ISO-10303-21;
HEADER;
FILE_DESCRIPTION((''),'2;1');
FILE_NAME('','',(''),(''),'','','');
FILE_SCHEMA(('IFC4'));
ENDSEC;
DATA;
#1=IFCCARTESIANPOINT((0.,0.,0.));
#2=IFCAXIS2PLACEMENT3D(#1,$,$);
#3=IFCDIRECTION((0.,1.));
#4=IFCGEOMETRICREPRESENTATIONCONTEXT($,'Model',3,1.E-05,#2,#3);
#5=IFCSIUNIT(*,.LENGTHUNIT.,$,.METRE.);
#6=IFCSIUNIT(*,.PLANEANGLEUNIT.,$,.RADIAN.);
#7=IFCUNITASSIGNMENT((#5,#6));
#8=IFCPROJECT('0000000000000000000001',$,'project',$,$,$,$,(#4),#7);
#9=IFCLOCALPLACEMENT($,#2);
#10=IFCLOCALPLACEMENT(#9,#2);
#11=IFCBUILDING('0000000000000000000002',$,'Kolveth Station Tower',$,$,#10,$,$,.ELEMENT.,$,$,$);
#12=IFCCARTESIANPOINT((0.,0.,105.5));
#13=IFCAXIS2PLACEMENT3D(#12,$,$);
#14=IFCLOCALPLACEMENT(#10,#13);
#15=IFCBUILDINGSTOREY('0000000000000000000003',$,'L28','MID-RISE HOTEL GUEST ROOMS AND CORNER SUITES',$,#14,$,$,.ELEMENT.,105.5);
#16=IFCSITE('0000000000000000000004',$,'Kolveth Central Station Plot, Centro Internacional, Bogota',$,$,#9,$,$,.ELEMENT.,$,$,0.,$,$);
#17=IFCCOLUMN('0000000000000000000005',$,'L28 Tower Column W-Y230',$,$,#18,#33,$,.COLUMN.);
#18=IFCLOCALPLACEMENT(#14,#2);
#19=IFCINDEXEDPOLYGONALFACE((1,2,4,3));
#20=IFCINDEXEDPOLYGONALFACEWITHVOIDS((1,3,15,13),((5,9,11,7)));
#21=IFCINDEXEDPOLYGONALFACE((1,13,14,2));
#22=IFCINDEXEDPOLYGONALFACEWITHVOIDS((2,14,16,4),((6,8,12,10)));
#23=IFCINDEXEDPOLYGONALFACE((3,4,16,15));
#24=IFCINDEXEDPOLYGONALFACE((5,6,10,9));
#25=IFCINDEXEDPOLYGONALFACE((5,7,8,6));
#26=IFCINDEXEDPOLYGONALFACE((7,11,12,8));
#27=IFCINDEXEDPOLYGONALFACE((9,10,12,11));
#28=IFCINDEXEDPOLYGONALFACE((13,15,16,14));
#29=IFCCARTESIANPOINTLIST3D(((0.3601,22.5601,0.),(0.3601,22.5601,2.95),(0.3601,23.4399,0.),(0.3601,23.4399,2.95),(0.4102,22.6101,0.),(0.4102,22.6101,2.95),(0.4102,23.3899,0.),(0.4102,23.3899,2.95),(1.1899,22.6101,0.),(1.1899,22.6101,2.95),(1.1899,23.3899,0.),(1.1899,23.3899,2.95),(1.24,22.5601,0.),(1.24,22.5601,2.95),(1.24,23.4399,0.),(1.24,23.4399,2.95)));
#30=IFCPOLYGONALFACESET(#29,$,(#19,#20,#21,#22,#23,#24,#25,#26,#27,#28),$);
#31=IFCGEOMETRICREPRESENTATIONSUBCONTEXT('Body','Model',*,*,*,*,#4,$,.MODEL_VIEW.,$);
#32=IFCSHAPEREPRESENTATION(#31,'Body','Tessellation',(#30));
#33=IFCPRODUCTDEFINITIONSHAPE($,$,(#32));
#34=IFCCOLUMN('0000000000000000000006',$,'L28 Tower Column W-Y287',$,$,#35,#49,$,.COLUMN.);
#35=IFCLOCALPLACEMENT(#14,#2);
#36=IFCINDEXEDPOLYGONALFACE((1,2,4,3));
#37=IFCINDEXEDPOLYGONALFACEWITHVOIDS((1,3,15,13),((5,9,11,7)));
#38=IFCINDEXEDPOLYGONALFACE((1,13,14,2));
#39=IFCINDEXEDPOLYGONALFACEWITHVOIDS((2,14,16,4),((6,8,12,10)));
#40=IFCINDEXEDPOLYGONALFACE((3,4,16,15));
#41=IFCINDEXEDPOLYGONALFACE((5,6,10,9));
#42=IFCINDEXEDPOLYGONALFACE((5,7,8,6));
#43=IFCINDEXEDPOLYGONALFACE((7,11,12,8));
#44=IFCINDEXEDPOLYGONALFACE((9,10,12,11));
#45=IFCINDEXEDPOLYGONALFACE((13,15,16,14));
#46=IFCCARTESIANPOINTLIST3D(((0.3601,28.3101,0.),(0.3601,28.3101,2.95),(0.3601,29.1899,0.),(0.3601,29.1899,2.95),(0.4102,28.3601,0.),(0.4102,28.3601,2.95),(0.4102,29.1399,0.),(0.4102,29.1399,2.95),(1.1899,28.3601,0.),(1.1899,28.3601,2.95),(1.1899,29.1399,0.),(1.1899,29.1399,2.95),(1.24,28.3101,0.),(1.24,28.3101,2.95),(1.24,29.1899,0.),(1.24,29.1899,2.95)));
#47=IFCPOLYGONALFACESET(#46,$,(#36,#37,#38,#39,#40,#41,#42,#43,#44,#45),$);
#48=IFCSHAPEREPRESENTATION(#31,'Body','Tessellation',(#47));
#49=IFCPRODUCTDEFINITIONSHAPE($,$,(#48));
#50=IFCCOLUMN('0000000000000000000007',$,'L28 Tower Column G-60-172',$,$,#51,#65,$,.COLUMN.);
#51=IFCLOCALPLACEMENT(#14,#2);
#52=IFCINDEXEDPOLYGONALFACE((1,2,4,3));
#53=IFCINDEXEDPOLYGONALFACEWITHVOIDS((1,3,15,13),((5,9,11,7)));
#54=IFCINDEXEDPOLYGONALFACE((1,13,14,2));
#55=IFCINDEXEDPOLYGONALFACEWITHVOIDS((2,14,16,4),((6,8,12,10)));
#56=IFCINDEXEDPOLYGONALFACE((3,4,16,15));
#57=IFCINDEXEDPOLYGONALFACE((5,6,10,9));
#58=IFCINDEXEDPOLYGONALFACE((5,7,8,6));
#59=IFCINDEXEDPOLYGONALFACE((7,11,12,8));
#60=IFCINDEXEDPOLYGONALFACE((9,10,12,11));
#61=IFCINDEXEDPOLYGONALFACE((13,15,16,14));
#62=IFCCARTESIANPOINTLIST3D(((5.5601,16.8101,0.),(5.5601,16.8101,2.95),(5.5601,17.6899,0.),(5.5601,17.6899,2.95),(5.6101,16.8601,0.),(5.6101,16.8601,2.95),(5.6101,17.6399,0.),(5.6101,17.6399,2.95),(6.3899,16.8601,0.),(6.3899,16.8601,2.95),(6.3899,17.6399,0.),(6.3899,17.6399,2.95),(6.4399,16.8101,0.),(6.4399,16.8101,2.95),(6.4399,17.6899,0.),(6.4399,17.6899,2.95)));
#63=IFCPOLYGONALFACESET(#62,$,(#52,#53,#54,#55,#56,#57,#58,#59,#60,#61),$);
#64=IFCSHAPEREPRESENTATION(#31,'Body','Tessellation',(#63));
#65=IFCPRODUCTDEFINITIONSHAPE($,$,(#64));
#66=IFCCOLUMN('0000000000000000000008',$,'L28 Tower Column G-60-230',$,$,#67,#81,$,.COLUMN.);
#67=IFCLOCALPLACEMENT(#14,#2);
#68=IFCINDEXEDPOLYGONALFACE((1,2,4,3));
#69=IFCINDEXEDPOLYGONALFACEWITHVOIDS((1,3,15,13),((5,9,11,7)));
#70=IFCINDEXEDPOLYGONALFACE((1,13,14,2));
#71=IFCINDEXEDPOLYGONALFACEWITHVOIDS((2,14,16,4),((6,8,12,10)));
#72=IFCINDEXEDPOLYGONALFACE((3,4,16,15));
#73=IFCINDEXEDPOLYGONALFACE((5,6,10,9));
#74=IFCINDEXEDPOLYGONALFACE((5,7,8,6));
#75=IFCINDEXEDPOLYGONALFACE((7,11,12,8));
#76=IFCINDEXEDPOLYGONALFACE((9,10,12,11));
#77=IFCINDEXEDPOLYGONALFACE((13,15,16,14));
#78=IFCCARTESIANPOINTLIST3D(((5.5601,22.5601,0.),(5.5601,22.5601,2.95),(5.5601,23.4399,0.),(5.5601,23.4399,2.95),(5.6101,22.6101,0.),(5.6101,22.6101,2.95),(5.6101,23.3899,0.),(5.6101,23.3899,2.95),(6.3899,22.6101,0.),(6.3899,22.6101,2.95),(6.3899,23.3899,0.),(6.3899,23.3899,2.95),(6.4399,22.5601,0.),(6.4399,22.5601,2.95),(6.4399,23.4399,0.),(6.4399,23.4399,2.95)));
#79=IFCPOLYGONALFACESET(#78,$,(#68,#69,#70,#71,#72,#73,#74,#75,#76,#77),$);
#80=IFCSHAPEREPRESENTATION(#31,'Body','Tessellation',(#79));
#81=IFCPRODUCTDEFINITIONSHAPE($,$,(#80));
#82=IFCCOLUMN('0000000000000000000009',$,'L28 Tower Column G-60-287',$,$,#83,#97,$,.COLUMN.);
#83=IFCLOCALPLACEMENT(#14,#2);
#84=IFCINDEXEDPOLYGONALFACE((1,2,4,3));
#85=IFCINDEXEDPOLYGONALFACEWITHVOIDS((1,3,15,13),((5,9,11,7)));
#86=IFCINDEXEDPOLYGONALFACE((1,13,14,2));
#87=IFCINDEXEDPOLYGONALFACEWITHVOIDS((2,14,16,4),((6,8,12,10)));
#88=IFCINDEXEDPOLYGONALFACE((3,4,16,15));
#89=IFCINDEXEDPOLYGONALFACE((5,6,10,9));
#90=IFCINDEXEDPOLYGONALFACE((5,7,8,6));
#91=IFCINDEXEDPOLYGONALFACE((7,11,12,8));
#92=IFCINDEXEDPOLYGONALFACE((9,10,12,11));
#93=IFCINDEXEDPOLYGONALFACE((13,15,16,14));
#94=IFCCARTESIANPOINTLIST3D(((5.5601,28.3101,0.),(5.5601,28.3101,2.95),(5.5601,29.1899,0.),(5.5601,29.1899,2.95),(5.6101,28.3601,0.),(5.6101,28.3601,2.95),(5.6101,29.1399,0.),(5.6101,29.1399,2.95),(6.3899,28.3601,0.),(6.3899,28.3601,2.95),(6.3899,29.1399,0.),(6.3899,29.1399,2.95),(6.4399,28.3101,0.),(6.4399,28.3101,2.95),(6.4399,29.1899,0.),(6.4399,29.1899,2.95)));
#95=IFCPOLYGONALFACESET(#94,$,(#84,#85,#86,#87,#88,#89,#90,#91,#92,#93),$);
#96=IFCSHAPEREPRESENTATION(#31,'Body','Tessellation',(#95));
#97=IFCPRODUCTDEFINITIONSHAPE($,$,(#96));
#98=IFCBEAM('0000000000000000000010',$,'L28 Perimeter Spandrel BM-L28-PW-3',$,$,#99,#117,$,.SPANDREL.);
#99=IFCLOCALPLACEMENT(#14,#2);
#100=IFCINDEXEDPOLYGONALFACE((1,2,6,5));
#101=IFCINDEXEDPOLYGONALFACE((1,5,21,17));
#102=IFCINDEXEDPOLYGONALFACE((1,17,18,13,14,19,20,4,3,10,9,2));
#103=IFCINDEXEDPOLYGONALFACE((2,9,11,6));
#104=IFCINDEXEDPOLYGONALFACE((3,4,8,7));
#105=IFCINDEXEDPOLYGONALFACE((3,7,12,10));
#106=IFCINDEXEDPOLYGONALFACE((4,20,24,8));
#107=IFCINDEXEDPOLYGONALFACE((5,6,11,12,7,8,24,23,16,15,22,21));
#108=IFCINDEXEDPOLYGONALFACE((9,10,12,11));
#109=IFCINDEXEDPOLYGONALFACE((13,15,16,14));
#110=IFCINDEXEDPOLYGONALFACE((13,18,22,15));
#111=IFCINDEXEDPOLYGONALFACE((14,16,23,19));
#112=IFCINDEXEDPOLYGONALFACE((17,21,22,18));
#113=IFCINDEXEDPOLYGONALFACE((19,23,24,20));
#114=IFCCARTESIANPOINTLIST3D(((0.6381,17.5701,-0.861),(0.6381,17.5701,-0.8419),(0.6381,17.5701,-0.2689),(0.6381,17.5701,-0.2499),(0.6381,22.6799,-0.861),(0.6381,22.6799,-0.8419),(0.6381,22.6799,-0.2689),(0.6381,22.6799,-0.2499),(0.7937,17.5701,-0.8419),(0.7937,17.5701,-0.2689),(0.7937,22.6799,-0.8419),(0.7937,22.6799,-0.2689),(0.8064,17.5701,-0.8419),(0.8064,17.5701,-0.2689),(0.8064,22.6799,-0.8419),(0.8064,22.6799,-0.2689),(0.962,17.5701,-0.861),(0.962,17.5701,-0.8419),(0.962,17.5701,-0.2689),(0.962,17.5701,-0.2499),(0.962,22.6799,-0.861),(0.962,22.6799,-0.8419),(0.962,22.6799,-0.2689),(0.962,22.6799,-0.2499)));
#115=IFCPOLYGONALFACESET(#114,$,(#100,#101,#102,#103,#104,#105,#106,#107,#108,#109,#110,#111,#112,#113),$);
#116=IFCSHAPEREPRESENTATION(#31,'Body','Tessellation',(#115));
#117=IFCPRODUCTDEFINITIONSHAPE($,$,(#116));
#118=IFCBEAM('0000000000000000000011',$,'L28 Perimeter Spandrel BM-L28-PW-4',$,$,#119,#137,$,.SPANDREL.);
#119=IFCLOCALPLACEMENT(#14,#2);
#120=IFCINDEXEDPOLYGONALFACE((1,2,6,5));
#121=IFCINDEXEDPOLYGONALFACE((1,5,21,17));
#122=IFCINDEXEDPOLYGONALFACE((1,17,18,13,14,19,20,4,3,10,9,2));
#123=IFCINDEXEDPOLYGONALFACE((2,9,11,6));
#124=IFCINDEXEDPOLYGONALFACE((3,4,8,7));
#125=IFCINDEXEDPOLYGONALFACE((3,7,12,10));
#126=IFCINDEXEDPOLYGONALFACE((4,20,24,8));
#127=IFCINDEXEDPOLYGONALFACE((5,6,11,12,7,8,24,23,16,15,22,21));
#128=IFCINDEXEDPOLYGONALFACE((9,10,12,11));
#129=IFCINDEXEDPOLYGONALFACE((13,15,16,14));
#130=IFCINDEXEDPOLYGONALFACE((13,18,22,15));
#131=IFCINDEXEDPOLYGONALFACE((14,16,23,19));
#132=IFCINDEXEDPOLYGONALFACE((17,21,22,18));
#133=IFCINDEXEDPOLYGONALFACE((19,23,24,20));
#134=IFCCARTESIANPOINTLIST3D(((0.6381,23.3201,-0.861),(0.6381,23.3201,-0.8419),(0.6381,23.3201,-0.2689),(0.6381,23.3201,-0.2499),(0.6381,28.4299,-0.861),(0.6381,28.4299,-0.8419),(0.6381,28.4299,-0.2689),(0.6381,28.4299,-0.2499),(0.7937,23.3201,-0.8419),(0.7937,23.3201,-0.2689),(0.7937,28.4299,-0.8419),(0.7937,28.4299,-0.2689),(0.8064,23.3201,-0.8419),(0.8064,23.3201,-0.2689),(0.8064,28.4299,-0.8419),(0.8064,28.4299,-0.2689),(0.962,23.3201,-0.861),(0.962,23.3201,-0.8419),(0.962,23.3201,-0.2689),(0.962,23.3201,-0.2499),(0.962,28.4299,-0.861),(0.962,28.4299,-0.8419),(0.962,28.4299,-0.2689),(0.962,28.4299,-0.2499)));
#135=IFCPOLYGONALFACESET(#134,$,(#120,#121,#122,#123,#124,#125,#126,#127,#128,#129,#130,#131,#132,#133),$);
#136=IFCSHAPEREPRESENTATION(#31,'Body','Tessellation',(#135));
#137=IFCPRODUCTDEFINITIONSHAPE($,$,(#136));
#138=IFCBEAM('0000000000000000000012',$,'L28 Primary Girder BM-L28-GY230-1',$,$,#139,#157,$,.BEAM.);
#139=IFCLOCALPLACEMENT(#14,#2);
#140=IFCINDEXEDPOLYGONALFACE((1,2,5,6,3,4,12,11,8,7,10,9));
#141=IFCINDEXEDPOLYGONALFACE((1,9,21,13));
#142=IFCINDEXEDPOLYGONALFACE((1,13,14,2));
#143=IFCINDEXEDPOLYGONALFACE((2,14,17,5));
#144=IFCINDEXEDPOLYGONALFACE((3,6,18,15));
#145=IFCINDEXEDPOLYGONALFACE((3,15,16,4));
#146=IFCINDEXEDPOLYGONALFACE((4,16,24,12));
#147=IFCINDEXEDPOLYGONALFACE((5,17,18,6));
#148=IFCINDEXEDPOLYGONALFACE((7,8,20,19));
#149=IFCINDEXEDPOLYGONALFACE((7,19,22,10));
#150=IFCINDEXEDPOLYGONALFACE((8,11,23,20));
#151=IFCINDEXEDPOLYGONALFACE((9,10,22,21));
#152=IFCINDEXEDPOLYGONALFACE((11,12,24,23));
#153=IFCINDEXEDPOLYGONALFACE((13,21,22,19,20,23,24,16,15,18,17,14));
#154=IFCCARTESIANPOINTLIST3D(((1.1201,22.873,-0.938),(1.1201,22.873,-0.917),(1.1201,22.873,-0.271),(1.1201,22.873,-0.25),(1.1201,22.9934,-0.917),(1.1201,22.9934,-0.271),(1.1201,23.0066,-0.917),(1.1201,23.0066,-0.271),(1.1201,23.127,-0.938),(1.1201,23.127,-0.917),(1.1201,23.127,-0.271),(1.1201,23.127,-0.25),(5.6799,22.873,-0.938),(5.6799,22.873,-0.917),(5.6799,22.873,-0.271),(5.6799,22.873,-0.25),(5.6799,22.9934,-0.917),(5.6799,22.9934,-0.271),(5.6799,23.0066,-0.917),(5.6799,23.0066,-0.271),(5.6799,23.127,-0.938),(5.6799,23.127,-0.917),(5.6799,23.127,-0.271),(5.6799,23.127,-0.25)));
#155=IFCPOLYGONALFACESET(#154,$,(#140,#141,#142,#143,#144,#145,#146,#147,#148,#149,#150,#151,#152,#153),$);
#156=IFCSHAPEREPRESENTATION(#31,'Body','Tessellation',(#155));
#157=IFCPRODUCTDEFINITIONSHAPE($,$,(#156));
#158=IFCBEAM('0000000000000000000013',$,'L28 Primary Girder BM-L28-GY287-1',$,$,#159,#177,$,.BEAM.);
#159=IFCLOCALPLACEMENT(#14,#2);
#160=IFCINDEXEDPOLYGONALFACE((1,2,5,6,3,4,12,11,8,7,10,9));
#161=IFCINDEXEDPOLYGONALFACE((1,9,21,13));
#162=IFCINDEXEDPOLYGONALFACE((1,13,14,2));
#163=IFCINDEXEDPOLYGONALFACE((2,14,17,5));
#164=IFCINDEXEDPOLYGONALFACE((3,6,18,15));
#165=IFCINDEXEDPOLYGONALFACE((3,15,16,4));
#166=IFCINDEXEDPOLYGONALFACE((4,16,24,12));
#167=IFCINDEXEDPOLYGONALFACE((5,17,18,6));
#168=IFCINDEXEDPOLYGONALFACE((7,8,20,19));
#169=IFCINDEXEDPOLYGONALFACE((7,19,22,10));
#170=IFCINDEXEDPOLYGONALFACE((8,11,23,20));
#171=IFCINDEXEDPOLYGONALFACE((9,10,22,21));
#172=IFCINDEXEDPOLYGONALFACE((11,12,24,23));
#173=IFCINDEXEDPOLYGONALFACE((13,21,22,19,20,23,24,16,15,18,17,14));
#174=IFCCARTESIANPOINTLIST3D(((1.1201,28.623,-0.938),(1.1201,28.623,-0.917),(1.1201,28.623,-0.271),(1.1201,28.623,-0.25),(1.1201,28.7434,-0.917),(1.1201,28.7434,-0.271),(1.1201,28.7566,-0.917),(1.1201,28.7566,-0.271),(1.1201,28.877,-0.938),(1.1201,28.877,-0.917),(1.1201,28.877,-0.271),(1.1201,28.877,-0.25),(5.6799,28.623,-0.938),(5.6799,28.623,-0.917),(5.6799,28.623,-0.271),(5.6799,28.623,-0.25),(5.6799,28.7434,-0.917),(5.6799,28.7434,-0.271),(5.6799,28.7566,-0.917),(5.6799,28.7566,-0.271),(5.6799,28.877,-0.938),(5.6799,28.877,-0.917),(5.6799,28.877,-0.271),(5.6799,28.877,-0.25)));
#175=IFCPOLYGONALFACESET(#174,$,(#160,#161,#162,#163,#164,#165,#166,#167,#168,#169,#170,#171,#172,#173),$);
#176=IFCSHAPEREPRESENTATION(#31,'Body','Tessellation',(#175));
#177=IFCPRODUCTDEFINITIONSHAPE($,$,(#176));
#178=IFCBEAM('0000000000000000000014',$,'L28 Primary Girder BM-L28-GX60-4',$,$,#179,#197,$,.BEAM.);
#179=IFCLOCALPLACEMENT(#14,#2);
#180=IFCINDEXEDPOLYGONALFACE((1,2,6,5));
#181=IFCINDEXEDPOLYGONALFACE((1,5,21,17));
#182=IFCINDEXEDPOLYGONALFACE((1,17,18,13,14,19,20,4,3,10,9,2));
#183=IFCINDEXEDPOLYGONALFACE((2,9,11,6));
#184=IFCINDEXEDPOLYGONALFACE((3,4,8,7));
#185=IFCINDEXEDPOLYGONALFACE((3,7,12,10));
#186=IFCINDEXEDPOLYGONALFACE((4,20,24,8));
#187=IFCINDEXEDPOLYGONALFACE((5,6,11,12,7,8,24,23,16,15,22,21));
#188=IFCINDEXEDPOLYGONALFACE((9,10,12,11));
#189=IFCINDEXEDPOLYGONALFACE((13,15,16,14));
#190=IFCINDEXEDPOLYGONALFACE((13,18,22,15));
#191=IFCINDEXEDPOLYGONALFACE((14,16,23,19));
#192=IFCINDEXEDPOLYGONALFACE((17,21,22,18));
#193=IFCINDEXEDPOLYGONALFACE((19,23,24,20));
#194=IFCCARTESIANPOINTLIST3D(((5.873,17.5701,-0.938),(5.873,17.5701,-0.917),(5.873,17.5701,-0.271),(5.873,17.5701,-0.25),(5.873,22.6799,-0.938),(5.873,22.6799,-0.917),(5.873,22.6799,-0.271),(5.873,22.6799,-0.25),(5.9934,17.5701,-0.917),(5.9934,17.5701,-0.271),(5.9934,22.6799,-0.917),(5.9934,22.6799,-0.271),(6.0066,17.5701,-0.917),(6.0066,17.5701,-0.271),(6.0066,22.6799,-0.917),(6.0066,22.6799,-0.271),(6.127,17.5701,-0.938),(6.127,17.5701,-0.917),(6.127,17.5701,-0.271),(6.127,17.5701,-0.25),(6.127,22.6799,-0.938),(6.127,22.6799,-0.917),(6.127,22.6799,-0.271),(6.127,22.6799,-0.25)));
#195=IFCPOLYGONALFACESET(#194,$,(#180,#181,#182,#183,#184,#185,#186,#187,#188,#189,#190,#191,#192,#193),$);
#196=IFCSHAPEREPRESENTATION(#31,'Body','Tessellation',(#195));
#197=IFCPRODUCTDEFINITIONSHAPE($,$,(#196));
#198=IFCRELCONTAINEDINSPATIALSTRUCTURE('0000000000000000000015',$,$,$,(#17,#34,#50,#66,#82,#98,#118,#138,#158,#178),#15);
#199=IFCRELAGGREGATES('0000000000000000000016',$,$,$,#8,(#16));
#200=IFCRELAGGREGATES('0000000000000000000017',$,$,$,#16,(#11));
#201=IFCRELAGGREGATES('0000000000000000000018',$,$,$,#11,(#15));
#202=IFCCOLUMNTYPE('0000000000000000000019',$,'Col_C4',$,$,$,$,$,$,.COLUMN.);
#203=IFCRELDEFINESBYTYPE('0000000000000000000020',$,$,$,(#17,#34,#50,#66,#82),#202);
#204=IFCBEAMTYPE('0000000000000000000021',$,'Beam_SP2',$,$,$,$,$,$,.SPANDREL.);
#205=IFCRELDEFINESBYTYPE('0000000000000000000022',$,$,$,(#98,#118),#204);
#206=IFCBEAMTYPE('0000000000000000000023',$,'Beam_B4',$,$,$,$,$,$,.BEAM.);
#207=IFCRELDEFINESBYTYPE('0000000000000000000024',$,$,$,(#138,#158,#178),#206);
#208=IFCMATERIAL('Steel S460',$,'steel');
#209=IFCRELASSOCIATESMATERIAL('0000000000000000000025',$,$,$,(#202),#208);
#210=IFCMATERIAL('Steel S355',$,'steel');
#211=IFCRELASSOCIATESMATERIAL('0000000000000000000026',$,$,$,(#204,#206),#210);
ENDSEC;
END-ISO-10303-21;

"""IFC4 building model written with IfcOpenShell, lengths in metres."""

from ifc_helpers import new_model, si_unit, direction, frame, origin, origin_2d, place, context, subcontext, project, spatial, hollow_rectangle, i_section, extrude, source, transform, mapped, material, material_profile, profile_set, type_object, element, save


model = new_model("IFC4")

# Units and contexts
model_context = context("Model", 3, precision=1e-05, world=origin(), true_north=direction((0.0, 1.0)))
body_context = subcontext(model_context, "Body", "Model", "MODEL_VIEW")
ifc_project = project(units=[si_unit("LENGTHUNIT", "METRE"), si_unit("PLANEANGLEUNIT", "RADIAN")], contexts=[model_context])

# Site, building, storey
site_placement = place(None, origin())
site = spatial("IfcSite", under=ifc_project, at=site_placement, Name="Kolveth Central Station Plot, Centro Internacional, Bogota", CompositionType="ELEMENT", RefElevation=0.0)
building_placement = place(site_placement, origin())
building = spatial("IfcBuilding", under=site, at=building_placement, Name="Kolveth Station Tower", CompositionType="ELEMENT")
storey_placement = place(building_placement, frame((0.0, 0.0, 105.5)))
storey = spatial("IfcBuildingStorey", under=building, at=storey_placement, Name="L28", Description="MID-RISE HOTEL GUEST ROOMS AND CORNER SUITES", CompositionType="ELEMENT", Elevation=105.5)

# Columns
ifc_material_1 = material(Name="Steel S460", Category="steel")
ifc_material_profile_1 = material_profile(ifc_material_1, hollow_rectangle(XDim=0.8799, YDim=0.8799, WallThickness=0.05, at=origin_2d()), Name="BOX880x880x50")
ifc_profile_set_1 = profile_set([ifc_material_profile_1], Name="Steel S460")
column_type = type_object("IfcColumnType", Name="Col_C4", PredefinedType="COLUMN", material=ifc_profile_set_1)
shared_shape_1 = source(origin(), body_context, "Body", "SweptSolid", [
    extrude(hollow_rectangle(XDim=0.8799, YDim=0.8799, WallThickness=0.05, at=origin_2d()), origin(), (0.0, 0.0, 1.0), 2.95),
])
for number, where, z_axis, x_axis, name in (
    (1, (0.8, 23.0, 0.0), (0.0, 0.0, 1.0), (1.0, 0.0, 0.0), "L28 Tower Column W-Y230"),
    (2, (0.8, 28.75, 0.0), (0.0, 0.0, 1.0), (1.0, 0.0, 0.0), "L28 Tower Column W-Y287"),
    (3, (6.0, 17.25, 0.0), (0.0, 0.0, 1.0), (1.0, 0.0, 0.0), "L28 Tower Column G-60-172"),
    (4, (6.0, 23.0, 0.0), (0.0, 0.0, 1.0), (1.0, 0.0, 0.0), "L28 Tower Column G-60-230"),
    (5, (6.0, 28.75, 0.0), (0.0, 0.0, 1.0), (1.0, 0.0, 0.0), "L28 Tower Column G-60-287"),
):
    element("IfcColumn", number, at=place(storey_placement, frame(where, z_axis=z_axis, x_axis=x_axis)), inside=storey, type_object=column_type, Name=name, PredefinedType="COLUMN", context=body_context, shape_type="MappedRepresentation", body=[
        mapped(shared_shape_1, transform((0.0, 0.0, 0.0), x_axis=(1.0, 0.0, 0.0), y_axis=(0.0, 1.0, 0.0), z_axis=(0.0, 0.0, 1.0), scale=1.0)),
    ])

# Beams
ifc_material_2 = material(Name="Steel S355", Category="steel")
ifc_material_profile_2 = material_profile(ifc_material_2, i_section(OverallWidth=0.324, OverallDepth=0.6111, WebThickness=0.0127, FlangeThickness=0.019, at=origin_2d()), Name="W610x155")
ifc_profile_set_2 = profile_set([ifc_material_profile_2], Name="Steel S355")
beam_type_1 = type_object("IfcBeamType", Name="Beam_SP2", PredefinedType="SPANDREL", material=ifc_profile_set_2)
shared_shape_2 = source(origin(), body_context, "Body", "SweptSolid", [
    extrude(i_section(OverallWidth=0.324, OverallDepth=0.6111, WebThickness=0.0127, FlangeThickness=0.019, at=origin_2d()), origin(), (0.0, 0.0, 1.0), 5.1099),
])
for number, where, z_axis, x_axis, name in (
    (6, (0.8, 17.5701, -0.5554), (0.0, 1.0, 0.0), (-1.0, 0.0, 0.0), "L28 Perimeter Spandrel BM-L28-PW-3"),
    (7, (0.8, 23.3201, -0.5554), (0.0, 1.0, 0.0), (-1.0, 0.0, 0.0), "L28 Perimeter Spandrel BM-L28-PW-4"),
):
    element("IfcBeam", number, at=place(storey_placement, frame(where, z_axis=z_axis, x_axis=x_axis)), inside=storey, type_object=beam_type_1, Name=name, PredefinedType="SPANDREL", context=body_context, shape_type="MappedRepresentation", body=[
        mapped(shared_shape_2, transform((0.0, 0.0, 0.0), x_axis=(1.0, 0.0, 0.0), y_axis=(0.0, 1.0, 0.0), z_axis=(0.0, 0.0, 1.0), scale=1.0)),
    ])
ifc_material_profile_3 = material_profile(ifc_material_2, i_section(OverallWidth=0.2539, OverallDepth=0.688, WebThickness=0.0132, FlangeThickness=0.021, at=origin_2d()), Name="W690x152")
ifc_profile_set_3 = profile_set([ifc_material_profile_3], Name="Steel S355")
beam_type_2 = type_object("IfcBeamType", Name="Beam_B4", PredefinedType="BEAM", material=ifc_profile_set_3)
shared_shape_3 = source(origin(), body_context, "Body", "SweptSolid", [
    extrude(i_section(OverallWidth=0.2539, OverallDepth=0.688, WebThickness=0.0132, FlangeThickness=0.021, at=origin_2d()), origin(), (0.0, 0.0, 1.0), 4.5598),
])
for number, where, z_axis, x_axis, name in (
    (8, (1.1201, 23.0, -0.594), (1.0, 0.0, 0.0), (0.0, 1.0, 0.0), "L28 Primary Girder BM-L28-GY230-1"),
    (9, (1.1201, 28.75, -0.594), (1.0, 0.0, 0.0), (0.0, 1.0, 0.0), "L28 Primary Girder BM-L28-GY287-1"),
):
    element("IfcBeam", number, at=place(storey_placement, frame(where, z_axis=z_axis, x_axis=x_axis)), inside=storey, type_object=beam_type_2, Name=name, PredefinedType="BEAM", context=body_context, shape_type="MappedRepresentation", body=[
        mapped(shared_shape_3, transform((0.0, 0.0, 0.0), x_axis=(1.0, 0.0, 0.0), y_axis=(0.0, 1.0, 0.0), z_axis=(0.0, 0.0, 1.0), scale=1.0)),
    ])
shared_shape_4 = source(origin(), body_context, "Body", "SweptSolid", [
    extrude(i_section(OverallWidth=0.2539, OverallDepth=0.688, WebThickness=0.0132, FlangeThickness=0.021, at=origin_2d()), origin(), (0.0, 0.0, 1.0), 5.1099),
])
for number, where, z_axis, x_axis, name in (
    (10, (6.0, 17.5701, -0.594), (0.0, 1.0, 0.0), (-1.0, 0.0, 0.0), "L28 Primary Girder BM-L28-GX60-4"),
):
    element("IfcBeam", number, at=place(storey_placement, frame(where, z_axis=z_axis, x_axis=x_axis)), inside=storey, type_object=beam_type_2, Name=name, PredefinedType="BEAM", context=body_context, shape_type="MappedRepresentation", body=[
        mapped(shared_shape_4, transform((0.0, 0.0, 0.0), x_axis=(1.0, 0.0, 0.0), y_axis=(0.0, 1.0, 0.0), z_axis=(0.0, 0.0, 1.0), scale=1.0)),
    ])

save(model, "model.ifc")
